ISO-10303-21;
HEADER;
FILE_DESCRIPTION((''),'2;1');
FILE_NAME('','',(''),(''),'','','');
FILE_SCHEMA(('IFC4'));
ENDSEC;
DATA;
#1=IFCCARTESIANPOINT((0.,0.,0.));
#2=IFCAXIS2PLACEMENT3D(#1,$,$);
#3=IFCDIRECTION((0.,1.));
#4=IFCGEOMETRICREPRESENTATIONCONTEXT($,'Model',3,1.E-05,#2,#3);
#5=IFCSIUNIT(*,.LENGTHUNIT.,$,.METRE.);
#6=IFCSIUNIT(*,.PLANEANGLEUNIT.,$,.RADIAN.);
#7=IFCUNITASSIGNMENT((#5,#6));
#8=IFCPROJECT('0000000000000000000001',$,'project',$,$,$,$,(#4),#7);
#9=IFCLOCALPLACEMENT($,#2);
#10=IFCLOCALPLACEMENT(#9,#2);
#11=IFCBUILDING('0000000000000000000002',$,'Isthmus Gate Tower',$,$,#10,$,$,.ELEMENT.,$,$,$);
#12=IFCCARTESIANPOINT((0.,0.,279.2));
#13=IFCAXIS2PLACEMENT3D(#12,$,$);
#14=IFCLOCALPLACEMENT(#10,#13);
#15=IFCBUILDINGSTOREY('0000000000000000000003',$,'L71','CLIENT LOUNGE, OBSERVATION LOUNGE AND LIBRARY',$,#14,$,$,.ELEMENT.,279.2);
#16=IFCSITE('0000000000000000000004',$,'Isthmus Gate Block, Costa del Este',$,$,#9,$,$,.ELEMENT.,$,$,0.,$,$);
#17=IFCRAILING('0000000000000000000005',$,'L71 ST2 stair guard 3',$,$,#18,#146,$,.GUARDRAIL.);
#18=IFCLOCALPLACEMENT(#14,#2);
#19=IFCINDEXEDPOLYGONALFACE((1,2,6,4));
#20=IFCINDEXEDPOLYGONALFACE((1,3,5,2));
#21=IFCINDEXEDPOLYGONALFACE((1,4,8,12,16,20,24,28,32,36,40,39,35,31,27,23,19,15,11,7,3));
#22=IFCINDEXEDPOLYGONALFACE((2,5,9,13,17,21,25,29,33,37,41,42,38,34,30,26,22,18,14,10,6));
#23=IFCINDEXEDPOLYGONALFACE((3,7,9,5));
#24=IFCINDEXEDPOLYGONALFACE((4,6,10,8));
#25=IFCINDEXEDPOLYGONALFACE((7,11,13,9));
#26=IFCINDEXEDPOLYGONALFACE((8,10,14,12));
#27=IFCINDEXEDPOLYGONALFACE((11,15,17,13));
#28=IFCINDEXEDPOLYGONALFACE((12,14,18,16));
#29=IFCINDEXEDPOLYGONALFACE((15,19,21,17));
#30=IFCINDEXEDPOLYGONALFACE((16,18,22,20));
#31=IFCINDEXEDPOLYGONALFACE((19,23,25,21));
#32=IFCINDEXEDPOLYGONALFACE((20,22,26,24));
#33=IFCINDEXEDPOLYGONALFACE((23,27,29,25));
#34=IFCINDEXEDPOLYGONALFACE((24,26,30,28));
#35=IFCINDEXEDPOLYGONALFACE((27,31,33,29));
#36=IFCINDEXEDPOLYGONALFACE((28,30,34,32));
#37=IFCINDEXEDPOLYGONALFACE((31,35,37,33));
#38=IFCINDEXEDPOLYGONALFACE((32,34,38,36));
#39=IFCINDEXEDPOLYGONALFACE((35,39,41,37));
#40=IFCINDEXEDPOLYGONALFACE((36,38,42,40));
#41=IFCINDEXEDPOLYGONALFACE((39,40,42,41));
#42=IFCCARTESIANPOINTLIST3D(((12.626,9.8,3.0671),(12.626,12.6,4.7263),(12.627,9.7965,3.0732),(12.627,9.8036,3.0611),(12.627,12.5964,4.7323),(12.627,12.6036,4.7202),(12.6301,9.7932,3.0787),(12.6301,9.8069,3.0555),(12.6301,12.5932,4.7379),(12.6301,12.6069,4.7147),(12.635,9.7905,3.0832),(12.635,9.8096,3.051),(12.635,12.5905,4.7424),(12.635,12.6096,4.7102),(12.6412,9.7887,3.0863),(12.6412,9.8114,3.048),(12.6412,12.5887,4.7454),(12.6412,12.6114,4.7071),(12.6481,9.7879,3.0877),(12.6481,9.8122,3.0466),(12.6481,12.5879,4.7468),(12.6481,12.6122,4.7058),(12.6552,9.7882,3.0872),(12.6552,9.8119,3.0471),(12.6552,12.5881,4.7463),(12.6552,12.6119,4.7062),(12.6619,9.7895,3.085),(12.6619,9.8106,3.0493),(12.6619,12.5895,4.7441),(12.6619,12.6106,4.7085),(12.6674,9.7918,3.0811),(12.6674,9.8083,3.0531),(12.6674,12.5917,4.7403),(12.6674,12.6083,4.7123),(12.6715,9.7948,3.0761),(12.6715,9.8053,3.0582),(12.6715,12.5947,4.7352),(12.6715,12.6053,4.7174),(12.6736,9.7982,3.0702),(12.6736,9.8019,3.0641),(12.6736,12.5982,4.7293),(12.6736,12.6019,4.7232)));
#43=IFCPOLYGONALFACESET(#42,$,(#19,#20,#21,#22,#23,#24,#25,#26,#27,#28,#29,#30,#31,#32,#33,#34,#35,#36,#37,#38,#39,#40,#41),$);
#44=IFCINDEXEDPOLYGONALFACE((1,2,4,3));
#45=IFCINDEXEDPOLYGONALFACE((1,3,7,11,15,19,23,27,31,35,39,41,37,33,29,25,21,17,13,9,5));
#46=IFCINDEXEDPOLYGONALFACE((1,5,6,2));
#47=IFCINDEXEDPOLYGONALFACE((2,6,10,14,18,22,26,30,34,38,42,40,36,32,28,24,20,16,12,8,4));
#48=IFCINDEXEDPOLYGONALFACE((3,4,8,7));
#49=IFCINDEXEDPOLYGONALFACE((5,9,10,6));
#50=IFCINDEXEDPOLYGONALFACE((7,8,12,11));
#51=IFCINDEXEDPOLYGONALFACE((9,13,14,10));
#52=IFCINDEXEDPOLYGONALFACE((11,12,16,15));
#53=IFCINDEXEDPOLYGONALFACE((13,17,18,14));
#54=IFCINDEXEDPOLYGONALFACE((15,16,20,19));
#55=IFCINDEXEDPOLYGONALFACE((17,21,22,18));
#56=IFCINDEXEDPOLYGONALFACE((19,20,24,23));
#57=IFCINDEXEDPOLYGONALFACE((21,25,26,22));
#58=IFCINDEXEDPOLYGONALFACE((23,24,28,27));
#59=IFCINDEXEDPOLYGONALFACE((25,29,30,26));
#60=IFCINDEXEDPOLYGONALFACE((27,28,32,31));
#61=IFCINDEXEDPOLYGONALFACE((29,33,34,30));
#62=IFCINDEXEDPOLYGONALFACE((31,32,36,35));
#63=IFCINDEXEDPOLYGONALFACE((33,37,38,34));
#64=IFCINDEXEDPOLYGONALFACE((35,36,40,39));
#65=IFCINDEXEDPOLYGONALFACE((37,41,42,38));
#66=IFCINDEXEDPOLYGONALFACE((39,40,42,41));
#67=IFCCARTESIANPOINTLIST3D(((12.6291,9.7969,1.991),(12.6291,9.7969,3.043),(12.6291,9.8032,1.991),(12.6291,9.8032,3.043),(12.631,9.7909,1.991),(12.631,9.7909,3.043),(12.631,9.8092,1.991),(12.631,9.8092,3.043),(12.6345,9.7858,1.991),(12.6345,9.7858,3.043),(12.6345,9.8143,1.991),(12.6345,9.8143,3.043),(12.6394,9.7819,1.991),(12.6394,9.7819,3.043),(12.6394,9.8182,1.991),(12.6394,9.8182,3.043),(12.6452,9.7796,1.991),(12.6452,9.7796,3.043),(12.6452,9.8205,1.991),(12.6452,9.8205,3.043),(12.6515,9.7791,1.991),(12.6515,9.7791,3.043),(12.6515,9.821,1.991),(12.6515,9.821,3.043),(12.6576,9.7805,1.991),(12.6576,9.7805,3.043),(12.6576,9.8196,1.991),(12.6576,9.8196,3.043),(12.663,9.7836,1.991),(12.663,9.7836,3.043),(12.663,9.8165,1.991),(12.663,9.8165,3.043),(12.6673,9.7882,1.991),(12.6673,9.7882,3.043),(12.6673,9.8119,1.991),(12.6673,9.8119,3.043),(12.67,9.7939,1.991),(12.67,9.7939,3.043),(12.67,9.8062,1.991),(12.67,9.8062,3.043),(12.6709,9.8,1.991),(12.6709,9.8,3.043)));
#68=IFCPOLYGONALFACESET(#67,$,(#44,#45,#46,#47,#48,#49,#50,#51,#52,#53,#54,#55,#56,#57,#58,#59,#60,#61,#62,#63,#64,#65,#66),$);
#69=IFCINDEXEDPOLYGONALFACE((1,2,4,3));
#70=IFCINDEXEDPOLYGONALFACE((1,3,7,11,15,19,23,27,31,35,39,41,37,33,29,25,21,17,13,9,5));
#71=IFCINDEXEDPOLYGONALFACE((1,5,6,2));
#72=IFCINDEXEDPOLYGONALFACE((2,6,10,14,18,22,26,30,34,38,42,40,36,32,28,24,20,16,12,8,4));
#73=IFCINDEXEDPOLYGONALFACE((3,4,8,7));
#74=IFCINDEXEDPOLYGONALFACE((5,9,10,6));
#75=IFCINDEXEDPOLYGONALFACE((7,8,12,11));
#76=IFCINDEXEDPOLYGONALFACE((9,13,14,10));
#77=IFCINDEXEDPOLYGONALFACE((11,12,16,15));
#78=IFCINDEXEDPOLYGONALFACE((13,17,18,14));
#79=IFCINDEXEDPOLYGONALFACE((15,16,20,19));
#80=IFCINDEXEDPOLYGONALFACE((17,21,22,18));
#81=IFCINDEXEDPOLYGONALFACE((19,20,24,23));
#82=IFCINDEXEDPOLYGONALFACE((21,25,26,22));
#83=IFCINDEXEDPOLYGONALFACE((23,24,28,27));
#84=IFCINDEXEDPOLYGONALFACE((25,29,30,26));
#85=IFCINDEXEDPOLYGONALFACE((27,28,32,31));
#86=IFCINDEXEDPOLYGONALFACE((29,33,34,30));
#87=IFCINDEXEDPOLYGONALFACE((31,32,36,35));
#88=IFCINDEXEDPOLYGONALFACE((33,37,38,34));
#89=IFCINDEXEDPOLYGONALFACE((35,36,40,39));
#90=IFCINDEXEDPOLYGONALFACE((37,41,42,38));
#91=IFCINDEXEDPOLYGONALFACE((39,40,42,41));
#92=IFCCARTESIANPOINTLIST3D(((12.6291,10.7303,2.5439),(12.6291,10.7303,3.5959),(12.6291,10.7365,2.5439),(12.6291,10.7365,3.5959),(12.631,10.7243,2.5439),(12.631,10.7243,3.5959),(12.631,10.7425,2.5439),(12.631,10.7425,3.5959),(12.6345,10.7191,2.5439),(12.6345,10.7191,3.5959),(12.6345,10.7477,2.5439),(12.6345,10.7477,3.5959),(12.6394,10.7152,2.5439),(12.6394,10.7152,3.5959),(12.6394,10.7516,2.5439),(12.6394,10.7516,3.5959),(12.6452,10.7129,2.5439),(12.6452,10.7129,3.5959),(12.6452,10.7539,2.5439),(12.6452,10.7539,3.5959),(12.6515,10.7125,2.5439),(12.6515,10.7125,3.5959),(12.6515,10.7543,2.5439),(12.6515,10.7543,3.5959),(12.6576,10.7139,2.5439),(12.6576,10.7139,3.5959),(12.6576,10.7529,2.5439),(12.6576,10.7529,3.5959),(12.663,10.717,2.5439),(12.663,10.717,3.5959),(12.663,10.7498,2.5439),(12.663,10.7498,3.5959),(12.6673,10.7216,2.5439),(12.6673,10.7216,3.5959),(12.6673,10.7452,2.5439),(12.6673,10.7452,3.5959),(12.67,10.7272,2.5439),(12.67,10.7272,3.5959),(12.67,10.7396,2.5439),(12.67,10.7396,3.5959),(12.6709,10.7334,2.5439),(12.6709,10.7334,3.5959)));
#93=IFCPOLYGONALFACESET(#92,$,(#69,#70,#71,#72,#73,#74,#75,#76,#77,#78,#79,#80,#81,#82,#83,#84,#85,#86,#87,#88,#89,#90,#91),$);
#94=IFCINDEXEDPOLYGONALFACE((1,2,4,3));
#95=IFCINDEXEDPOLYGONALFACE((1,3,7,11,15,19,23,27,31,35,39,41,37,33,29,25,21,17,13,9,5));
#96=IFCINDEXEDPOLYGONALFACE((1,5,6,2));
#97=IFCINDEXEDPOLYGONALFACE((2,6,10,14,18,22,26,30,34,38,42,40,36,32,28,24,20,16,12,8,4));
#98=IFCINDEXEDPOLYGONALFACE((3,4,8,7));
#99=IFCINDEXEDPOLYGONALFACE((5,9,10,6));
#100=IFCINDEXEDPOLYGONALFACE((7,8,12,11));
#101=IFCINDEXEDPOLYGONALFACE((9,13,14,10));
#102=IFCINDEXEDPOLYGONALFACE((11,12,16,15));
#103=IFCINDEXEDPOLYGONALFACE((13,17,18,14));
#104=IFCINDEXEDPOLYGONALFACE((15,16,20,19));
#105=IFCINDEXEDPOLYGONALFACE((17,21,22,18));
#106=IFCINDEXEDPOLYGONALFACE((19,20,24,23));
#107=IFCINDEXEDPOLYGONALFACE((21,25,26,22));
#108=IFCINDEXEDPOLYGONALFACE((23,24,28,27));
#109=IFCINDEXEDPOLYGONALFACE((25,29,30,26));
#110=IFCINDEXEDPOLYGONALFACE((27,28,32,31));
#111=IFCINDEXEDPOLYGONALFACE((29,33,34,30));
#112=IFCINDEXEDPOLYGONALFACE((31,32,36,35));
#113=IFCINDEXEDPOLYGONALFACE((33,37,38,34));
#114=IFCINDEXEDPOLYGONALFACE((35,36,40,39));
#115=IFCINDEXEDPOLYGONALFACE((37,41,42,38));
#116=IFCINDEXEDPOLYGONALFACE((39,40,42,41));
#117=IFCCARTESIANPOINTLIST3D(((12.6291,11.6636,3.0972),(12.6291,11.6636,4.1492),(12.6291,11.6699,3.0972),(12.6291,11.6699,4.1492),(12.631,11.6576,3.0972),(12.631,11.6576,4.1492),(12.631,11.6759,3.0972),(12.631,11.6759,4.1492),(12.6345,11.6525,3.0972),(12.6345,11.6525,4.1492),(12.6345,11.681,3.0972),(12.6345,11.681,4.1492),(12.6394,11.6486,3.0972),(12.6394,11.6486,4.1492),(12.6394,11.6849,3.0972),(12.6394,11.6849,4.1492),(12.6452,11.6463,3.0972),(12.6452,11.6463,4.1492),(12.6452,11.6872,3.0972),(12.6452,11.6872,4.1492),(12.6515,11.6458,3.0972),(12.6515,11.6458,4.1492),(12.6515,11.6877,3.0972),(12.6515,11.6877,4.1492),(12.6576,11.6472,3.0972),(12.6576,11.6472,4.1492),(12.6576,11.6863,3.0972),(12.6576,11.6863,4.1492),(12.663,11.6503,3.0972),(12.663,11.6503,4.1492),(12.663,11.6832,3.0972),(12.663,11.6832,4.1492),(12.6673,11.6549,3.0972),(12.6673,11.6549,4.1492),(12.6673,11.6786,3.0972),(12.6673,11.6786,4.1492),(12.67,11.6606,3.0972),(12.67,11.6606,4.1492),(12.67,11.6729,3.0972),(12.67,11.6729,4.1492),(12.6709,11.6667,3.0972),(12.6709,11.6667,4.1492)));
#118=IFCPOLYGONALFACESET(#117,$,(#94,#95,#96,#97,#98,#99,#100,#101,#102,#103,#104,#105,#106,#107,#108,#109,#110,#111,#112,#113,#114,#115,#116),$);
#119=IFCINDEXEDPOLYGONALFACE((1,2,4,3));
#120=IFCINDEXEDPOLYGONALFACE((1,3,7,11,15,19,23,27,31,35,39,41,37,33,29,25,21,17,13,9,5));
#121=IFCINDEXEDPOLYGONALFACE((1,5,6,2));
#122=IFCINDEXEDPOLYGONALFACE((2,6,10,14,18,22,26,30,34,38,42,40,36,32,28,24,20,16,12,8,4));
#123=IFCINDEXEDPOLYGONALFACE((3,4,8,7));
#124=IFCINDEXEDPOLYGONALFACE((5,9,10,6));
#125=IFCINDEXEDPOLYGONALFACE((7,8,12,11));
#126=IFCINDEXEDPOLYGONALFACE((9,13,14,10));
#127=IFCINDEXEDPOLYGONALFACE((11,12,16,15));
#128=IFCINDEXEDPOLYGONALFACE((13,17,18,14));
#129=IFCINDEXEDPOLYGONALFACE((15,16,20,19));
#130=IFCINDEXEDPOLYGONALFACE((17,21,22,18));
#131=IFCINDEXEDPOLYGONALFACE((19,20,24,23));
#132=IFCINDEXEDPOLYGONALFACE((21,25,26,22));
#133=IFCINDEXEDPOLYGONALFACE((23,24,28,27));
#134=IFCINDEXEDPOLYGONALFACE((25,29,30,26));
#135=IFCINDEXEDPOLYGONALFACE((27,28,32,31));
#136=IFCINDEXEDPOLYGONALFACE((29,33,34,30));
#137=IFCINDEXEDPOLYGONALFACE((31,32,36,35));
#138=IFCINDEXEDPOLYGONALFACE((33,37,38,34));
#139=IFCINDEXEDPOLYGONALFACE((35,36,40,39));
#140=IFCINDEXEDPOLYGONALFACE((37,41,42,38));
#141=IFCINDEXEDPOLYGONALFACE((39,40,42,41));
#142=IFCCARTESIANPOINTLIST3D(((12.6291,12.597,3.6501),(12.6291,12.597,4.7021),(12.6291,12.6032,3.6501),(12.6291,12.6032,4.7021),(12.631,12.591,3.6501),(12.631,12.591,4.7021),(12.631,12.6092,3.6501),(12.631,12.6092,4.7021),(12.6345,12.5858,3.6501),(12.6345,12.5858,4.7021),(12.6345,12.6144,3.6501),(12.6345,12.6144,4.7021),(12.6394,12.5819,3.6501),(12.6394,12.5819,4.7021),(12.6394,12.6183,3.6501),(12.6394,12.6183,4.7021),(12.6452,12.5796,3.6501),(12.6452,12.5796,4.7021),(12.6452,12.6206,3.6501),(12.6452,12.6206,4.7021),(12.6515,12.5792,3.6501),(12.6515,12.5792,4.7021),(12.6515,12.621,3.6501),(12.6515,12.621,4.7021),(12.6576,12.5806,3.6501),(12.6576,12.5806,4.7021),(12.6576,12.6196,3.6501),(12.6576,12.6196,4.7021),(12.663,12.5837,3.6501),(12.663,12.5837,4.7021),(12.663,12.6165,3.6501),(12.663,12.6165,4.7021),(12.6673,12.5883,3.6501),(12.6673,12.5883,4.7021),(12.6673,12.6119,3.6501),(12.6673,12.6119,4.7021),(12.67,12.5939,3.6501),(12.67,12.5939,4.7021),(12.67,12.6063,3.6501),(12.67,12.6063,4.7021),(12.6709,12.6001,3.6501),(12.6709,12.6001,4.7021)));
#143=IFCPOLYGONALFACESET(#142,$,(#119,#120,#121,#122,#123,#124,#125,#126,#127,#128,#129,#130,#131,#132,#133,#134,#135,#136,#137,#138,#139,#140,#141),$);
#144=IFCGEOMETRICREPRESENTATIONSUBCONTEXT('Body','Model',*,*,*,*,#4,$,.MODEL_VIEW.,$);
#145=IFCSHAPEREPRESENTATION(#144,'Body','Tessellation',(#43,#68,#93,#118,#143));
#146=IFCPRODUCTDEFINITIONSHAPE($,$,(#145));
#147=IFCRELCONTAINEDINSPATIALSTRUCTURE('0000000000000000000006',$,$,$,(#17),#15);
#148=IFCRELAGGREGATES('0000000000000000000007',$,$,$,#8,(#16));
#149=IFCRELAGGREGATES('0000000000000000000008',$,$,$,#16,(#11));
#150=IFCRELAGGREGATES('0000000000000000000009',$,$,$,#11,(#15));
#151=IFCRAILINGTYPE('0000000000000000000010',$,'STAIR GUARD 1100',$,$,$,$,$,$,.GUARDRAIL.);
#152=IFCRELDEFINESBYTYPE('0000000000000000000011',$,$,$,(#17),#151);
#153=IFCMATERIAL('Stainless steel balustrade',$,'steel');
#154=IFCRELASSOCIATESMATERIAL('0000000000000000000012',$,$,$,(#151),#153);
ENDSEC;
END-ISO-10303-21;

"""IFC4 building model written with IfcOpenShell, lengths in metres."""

from ifc_helpers import new_model, si_unit, direction, frame, origin, origin_2d, place, context, subcontext, project, spatial, circle, extrude, material, type_object, element, save


model = new_model("IFC4")

# Units and contexts
model_context = context("Model", 3, precision=1e-05, world=origin(), true_north=direction((0.0, 1.0)))
body_context = subcontext(model_context, "Body", "Model", "MODEL_VIEW")
ifc_project = project(units=[si_unit("LENGTHUNIT", "METRE"), si_unit("PLANEANGLEUNIT", "RADIAN")], contexts=[model_context])

# Site, building, storey
site_placement = place(None, origin())
site = spatial("IfcSite", under=ifc_project, at=site_placement, Name="Isthmus Gate Block, Costa del Este", CompositionType="ELEMENT", RefElevation=0.0)
building_placement = place(site_placement, origin())
building = spatial("IfcBuilding", under=site, at=building_placement, Name="Isthmus Gate Tower", CompositionType="ELEMENT")
storey_placement = place(building_placement, frame((0.0, 0.0, 279.2)))
storey = spatial("IfcBuildingStorey", under=building, at=storey_placement, Name="L71", Description="CLIENT LOUNGE, OBSERVATION LOUNGE AND LIBRARY", CompositionType="ELEMENT", Elevation=279.2)

# Railing
ifc_material_1 = material(Name="Stainless steel balustrade", Category="steel")
railing_type_1 = type_object("IfcRailingType", Name="STAIR GUARD 1100", PredefinedType="GUARDRAIL", material=ifc_material_1)
railing_1_placement = place(storey_placement, frame((12.6499, 9.8, 1.991)))
element("IfcRailing", 1, at=railing_1_placement, inside=storey, type_object=railing_type_1, Name="L71 ST2 stair guard 3", PredefinedType="GUARDRAIL", context=body_context, shape_type="SweptSolid", body=[
    extrude(circle(Radius=0.0239, at=origin_2d()), frame((0.0, 0.0, 1.0762), z_axis=(0.0, 0.860306, 0.509778), x_axis=(-1.0, 0.0, 0.0)), (0.0, 0.0, 1.0), 3.2546),
    extrude(circle(Radius=0.021, at=origin_2d()), origin(), (0.0, 0.0, 1.0), 1.052),
    extrude(circle(Radius=0.021, at=origin_2d()), frame((0.0, 0.9333, 0.553)), (0.0, 0.0, 1.0), 1.052),
    extrude(circle(Radius=0.021, at=origin_2d()), frame((0.0, 1.8667, 1.1062)), (0.0, 0.0, 1.0), 1.052),
    extrude(circle(Radius=0.021, at=origin_2d()), frame((0.0, 2.8, 1.6592)), (0.0, 0.0, 1.0), 1.052),
])

save(model, "model.ifc")
